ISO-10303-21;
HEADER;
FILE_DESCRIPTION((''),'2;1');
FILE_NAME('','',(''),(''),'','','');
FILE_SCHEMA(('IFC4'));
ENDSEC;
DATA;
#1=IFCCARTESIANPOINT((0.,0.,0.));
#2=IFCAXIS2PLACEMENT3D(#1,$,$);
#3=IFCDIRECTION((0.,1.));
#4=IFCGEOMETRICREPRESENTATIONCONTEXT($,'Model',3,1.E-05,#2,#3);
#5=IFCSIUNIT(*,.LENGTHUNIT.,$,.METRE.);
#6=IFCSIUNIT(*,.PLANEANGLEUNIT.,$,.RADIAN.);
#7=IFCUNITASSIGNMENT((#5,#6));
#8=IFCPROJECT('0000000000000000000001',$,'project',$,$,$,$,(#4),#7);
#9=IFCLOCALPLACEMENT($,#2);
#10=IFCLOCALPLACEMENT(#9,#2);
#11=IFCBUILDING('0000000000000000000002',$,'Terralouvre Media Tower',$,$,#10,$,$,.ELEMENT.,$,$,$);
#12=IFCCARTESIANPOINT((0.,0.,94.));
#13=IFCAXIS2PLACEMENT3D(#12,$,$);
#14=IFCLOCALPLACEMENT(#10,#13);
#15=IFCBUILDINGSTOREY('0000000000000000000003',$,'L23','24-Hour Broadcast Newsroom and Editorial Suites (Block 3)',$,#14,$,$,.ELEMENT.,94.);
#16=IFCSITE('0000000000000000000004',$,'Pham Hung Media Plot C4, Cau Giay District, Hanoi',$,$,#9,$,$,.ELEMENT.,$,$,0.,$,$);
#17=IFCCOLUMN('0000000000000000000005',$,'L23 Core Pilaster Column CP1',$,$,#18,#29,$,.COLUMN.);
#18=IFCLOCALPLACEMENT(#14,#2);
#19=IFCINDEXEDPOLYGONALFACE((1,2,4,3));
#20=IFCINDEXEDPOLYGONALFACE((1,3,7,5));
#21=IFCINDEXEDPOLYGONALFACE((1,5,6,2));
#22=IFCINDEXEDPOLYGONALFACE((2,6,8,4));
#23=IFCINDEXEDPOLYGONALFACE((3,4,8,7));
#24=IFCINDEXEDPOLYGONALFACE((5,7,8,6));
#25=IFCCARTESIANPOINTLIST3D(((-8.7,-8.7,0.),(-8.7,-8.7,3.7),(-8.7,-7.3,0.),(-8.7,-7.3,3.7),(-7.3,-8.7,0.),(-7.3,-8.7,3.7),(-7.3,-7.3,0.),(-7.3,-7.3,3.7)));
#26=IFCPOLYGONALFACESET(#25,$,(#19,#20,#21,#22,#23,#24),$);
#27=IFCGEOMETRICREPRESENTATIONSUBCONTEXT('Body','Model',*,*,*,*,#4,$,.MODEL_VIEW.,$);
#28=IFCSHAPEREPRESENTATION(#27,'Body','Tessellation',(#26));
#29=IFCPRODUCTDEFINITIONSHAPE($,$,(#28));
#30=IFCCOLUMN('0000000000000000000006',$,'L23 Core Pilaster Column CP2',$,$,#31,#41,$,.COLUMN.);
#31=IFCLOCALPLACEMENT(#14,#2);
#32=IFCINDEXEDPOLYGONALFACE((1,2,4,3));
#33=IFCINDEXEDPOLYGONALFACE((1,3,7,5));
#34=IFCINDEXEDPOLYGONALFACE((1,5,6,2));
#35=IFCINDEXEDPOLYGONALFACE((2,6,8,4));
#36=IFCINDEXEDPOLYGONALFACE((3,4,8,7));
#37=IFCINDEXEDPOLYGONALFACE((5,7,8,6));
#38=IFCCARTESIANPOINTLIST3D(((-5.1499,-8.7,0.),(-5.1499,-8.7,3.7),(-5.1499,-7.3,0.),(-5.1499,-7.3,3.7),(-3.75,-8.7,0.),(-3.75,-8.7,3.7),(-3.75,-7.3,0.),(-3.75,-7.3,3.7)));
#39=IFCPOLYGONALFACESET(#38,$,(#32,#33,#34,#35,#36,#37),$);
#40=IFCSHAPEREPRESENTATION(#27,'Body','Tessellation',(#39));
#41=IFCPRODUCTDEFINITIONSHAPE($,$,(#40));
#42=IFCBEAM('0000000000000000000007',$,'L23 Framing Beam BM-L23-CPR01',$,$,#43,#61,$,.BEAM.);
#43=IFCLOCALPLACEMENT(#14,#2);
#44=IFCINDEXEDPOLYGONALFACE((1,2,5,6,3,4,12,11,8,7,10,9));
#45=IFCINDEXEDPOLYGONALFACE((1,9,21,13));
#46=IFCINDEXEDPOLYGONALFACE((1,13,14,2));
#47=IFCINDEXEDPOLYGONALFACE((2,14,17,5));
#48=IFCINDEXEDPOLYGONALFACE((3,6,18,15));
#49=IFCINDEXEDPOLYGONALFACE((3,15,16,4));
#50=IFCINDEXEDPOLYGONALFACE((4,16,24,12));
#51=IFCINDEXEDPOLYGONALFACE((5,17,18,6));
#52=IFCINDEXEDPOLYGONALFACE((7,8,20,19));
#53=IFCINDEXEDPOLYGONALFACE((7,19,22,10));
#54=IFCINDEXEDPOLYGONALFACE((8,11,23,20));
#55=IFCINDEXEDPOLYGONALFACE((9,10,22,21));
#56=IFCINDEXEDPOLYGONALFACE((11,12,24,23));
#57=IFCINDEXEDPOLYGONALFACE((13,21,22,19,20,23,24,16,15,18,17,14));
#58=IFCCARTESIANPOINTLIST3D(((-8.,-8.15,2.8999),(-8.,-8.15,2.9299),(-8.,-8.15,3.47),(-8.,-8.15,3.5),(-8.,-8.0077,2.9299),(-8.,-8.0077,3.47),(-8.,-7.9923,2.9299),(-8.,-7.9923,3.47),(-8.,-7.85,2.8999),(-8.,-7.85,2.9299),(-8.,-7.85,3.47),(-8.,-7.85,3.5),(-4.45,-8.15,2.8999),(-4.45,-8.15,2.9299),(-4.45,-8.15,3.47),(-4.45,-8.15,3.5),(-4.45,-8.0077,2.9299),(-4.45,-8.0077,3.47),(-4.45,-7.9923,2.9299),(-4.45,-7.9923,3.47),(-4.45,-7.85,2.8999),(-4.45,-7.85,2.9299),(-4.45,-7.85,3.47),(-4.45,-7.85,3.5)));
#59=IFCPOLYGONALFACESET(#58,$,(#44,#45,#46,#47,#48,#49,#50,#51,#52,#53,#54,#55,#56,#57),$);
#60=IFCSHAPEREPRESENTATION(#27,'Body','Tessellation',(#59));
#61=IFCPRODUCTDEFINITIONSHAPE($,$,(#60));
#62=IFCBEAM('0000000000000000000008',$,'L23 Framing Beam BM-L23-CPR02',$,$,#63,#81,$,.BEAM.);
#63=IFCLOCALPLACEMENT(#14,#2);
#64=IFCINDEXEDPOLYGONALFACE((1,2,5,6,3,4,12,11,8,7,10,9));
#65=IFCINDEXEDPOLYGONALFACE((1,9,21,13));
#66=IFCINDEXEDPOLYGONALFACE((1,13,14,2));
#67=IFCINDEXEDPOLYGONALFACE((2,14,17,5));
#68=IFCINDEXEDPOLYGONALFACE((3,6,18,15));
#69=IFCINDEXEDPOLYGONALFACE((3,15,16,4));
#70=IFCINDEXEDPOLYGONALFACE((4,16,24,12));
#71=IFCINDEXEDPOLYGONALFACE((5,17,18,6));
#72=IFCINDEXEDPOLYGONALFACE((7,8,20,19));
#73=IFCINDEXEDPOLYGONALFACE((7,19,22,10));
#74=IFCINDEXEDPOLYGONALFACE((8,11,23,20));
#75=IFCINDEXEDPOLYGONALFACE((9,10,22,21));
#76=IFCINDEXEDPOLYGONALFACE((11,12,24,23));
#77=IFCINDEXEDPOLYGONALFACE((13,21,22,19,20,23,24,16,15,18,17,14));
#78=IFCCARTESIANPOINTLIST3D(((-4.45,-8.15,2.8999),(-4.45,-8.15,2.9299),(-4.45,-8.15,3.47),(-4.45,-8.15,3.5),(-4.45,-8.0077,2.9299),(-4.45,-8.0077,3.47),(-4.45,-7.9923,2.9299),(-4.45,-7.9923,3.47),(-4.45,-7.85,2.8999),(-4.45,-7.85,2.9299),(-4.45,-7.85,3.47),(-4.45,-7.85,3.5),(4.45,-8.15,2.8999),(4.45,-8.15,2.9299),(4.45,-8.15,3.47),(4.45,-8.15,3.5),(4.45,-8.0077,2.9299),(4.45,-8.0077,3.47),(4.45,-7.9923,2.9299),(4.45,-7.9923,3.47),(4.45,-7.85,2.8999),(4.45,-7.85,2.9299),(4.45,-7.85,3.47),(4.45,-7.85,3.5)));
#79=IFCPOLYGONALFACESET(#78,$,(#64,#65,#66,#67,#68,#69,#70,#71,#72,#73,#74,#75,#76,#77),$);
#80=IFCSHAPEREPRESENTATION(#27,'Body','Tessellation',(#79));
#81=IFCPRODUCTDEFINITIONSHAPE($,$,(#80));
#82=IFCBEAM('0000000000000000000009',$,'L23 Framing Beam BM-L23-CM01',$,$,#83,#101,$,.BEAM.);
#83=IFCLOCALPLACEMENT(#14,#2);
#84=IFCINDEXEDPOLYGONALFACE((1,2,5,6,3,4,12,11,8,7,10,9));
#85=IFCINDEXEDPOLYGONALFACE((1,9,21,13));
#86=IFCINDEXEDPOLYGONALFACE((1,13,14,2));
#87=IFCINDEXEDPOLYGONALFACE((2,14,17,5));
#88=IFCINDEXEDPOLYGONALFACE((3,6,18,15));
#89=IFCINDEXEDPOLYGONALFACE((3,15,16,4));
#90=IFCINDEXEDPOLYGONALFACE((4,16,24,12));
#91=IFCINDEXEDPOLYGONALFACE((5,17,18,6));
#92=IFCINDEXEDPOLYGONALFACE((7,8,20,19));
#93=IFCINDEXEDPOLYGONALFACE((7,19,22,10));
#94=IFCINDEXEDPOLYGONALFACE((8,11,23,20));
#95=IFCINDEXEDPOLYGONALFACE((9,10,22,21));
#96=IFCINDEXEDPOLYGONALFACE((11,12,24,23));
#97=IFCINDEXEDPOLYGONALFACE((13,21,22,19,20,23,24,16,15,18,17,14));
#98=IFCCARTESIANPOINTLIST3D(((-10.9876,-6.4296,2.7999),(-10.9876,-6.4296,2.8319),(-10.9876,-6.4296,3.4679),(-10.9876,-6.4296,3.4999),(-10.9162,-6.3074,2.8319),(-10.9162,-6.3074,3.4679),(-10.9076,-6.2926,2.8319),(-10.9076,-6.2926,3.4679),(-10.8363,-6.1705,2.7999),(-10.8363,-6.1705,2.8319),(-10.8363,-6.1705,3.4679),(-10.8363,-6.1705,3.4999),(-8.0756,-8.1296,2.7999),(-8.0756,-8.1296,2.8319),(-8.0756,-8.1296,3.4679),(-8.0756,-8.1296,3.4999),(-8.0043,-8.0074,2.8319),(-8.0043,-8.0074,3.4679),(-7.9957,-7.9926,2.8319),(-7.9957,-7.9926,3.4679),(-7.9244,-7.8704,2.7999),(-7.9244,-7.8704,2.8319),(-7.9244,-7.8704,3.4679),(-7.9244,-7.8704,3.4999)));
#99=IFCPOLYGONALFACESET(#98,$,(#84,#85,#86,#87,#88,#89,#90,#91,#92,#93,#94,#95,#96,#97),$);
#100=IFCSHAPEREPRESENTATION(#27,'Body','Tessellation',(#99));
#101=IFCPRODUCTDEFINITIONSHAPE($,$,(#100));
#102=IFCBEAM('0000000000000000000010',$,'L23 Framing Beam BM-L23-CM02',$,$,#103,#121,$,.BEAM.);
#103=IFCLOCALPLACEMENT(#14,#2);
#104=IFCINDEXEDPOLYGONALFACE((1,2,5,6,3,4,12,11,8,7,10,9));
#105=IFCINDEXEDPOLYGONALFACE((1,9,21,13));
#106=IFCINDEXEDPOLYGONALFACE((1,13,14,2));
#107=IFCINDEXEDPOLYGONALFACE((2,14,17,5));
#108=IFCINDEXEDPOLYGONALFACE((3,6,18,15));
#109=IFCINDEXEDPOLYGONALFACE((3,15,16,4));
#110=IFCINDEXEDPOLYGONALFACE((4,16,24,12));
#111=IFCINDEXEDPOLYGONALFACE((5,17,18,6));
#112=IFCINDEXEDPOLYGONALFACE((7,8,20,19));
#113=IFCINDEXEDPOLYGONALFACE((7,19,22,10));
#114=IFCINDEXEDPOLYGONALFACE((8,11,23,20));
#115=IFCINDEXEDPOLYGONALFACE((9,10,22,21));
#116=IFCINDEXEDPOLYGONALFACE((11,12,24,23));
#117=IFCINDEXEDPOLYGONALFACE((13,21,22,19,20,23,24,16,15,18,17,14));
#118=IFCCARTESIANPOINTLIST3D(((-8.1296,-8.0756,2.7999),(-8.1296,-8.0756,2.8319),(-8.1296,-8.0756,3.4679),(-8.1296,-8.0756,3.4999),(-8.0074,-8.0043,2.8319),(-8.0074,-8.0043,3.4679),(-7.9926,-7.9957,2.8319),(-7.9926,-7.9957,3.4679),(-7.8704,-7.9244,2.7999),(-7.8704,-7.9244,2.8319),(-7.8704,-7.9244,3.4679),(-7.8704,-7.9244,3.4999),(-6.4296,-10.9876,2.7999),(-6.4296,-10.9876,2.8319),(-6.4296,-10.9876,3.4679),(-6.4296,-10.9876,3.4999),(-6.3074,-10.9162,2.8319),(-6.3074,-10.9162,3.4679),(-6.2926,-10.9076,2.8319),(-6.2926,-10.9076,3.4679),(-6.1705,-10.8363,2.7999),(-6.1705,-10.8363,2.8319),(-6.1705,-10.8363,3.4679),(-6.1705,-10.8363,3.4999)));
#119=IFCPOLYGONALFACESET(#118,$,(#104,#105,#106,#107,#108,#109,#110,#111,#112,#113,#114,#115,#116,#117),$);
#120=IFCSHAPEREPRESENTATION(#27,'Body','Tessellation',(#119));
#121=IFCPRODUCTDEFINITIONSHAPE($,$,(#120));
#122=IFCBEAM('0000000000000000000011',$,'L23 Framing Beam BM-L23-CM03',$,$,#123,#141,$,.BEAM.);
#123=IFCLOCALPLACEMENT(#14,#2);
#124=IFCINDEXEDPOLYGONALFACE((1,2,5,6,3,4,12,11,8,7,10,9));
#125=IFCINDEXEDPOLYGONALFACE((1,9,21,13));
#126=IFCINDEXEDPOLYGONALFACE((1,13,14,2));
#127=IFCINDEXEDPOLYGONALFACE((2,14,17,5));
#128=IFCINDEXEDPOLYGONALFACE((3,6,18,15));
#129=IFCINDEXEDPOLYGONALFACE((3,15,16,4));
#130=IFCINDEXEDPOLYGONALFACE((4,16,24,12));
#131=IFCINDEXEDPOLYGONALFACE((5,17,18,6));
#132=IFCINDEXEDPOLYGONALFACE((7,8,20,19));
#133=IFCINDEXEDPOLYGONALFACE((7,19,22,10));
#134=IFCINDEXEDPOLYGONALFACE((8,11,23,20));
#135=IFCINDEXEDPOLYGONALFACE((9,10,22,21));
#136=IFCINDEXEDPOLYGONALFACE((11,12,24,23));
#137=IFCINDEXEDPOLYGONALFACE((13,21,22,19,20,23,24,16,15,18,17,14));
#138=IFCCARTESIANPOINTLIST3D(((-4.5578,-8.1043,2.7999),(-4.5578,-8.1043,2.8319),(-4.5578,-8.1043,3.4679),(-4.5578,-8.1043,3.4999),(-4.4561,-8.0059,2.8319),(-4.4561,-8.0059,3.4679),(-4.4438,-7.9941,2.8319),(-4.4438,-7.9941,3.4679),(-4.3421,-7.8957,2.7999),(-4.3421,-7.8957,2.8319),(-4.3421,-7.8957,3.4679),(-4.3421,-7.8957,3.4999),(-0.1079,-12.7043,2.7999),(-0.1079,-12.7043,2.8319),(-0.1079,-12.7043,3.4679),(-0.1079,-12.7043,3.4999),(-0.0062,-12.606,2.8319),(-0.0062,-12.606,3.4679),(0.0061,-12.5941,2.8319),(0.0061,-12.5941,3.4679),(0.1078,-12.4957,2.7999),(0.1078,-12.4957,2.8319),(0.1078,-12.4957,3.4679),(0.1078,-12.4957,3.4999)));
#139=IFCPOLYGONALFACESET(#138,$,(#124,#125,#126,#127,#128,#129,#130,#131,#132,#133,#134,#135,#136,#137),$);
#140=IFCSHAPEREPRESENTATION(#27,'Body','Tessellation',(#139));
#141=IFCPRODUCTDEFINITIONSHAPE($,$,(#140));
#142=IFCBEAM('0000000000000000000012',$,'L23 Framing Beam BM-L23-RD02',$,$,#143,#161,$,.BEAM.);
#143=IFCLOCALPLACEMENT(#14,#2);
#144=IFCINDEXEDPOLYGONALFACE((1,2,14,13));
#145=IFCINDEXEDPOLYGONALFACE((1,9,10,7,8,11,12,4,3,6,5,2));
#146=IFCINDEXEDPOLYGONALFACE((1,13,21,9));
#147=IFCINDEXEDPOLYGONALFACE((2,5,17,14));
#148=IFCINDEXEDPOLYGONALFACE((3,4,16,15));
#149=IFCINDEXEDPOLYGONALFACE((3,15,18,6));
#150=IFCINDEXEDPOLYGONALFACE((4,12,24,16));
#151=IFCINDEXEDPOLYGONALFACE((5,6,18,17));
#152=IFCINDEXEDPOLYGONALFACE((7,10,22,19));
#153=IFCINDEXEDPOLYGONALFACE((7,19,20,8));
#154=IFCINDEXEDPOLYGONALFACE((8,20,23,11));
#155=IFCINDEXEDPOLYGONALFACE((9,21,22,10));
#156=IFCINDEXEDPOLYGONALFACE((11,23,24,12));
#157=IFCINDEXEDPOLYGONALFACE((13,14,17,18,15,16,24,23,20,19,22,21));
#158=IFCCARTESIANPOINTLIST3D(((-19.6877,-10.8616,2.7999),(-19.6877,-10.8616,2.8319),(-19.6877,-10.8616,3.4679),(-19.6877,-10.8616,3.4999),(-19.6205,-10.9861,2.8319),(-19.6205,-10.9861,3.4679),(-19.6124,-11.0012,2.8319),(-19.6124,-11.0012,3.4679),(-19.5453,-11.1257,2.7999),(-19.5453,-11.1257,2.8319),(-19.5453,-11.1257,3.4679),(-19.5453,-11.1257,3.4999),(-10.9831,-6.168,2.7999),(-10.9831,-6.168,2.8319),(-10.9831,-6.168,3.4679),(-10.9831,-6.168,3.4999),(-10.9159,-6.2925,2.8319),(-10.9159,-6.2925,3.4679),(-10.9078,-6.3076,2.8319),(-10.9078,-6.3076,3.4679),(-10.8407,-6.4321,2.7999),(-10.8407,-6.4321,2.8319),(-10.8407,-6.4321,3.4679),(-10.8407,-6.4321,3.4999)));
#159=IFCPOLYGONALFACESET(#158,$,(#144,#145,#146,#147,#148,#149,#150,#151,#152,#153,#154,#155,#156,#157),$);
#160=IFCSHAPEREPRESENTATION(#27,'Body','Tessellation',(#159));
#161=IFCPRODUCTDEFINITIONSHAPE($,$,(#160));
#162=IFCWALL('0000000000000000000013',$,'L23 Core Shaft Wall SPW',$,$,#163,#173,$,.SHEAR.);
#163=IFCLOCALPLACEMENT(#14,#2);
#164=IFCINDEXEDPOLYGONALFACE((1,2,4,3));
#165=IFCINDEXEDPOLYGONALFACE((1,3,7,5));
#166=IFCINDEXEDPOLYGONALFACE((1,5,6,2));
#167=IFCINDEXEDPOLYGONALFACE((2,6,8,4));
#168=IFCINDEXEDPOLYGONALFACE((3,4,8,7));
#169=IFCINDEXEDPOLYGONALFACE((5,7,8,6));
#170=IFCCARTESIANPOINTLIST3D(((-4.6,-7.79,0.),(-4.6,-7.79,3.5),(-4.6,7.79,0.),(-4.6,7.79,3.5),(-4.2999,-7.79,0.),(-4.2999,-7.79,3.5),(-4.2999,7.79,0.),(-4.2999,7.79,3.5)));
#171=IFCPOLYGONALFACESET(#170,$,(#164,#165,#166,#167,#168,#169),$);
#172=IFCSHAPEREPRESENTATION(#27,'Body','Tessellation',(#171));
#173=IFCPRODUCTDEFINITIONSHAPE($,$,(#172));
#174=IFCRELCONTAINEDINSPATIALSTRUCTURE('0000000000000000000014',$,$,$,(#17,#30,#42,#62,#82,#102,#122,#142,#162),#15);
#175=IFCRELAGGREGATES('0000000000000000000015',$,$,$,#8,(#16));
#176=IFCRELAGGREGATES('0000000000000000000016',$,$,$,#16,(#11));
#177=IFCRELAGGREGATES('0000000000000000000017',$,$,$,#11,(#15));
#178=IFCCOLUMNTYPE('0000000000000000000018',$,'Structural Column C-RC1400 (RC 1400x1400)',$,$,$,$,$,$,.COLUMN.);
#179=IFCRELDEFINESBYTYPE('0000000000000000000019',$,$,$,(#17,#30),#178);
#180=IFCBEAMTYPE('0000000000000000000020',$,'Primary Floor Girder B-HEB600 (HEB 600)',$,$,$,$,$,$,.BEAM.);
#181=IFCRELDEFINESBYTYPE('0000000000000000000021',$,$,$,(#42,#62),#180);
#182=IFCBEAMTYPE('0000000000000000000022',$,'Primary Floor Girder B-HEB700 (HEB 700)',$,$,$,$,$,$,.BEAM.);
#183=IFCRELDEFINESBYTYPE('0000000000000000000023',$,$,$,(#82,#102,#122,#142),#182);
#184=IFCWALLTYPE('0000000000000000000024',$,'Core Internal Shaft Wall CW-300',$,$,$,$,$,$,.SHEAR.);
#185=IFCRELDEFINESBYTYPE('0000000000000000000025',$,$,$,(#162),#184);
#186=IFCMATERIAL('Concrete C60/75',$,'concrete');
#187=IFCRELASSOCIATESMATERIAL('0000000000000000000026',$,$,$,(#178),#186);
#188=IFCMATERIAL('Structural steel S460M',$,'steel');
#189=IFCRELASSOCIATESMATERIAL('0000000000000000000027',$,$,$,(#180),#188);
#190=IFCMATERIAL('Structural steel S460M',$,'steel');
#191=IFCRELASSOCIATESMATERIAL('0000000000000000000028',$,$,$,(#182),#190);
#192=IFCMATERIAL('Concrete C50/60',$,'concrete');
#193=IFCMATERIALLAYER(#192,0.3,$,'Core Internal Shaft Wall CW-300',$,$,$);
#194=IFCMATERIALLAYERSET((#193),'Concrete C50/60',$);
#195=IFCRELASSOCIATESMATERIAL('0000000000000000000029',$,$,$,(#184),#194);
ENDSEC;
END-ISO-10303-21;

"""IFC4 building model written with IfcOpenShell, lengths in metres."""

from ifc_helpers import new_model, si_unit, direction, frame, frame_2d, origin, origin_2d, place, context, subcontext, project, spatial, rectangle, i_section, extrude, material, layer, layer_set, material_profile, profile_set, type_object, element, save


model = new_model("IFC4")

# Units and contexts
model_context = context("Model", 3, precision=1e-05, world=origin(), true_north=direction((0.0, 1.0)))
body_context = subcontext(model_context, "Body", "Model", "MODEL_VIEW")
ifc_project = project(units=[si_unit("LENGTHUNIT", "METRE"), si_unit("PLANEANGLEUNIT", "RADIAN")], contexts=[model_context])

# Site, building, storey
site_placement = place(None, origin())
site = spatial("IfcSite", under=ifc_project, at=site_placement, Name="Pham Hung Media Plot C4, Cau Giay District, Hanoi", CompositionType="ELEMENT", RefElevation=0.0)
building_placement = place(site_placement, origin())
building = spatial("IfcBuilding", under=site, at=building_placement, Name="Terralouvre Media Tower", CompositionType="ELEMENT")
storey_placement = place(building_placement, frame((0.0, 0.0, 94.0)))
storey = spatial("IfcBuildingStorey", under=building, at=storey_placement, Name="L23", Description="24-Hour Broadcast Newsroom and Editorial Suites (Block 3)", CompositionType="ELEMENT", Elevation=94.0)

# Columns
ifc_material_1 = material(Name="Concrete C60/75", Category="concrete")
ifc_material_profile_1 = material_profile(ifc_material_1, rectangle(XDim=1.3999, YDim=1.3999, at=origin_2d()), Name="RC 1400x1400")
ifc_profile_set_1 = profile_set([ifc_material_profile_1], Name="Concrete C60/75")
column_type = type_object("IfcColumnType", Name="Structural Column C-RC1400 (RC 1400x1400)", PredefinedType="COLUMN", material=ifc_profile_set_1)
for number, where, z_axis, x_axis, name in (
    (1, (-8.0, -8.0, 0.0), (0.0, 0.0, 1.0), (1.0, 0.0, 0.0), "L23 Core Pilaster Column CP1"),
    (2, (-4.45, -8.0, 0.0), (0.0, 0.0, 1.0), (1.0, 0.0, 0.0), "L23 Core Pilaster Column CP2"),
):
    element("IfcColumn", number, at=place(storey_placement, frame(where, z_axis=z_axis, x_axis=x_axis)), inside=storey, type_object=column_type, Name=name, PredefinedType="COLUMN", context=body_context, shape_type="SweptSolid", body=[
        extrude(rectangle(XDim=1.3999, YDim=1.3999, at=origin_2d()), origin(), (0.0, 0.0, 1.0), 3.7),
    ])

# Beams
ifc_material_2 = material(Name="Structural steel S460M", Category="steel")
ifc_material_profile_2 = material_profile(ifc_material_2, i_section(OverallWidth=0.3, OverallDepth=0.6001, WebThickness=0.0154, FlangeThickness=0.03, at=origin_2d()), Name="HEB 600")
ifc_profile_set_2 = profile_set([ifc_material_profile_2], Name="Structural steel S460M")
beam_type_1 = type_object("IfcBeamType", Name="Primary Floor Girder B-HEB600 (HEB 600)", PredefinedType="BEAM", material=ifc_profile_set_2)
beam_1_placement = place(storey_placement, frame((-8.0, -8.0, 3.2), z_axis=(1.0, 0.0, 0.0), x_axis=(0.0, 1.0, 0.0)))
element("IfcBeam", 3, at=beam_1_placement, inside=storey, type_object=beam_type_1, Name="L23 Framing Beam BM-L23-CPR01", PredefinedType="BEAM", context=body_context, shape_type="SweptSolid", body=[
    extrude(i_section(OverallWidth=0.3, OverallDepth=0.6001, WebThickness=0.0154, FlangeThickness=0.03, at=origin_2d()), origin(), (0.0, 0.0, 1.0), 3.55),
])
beam_2_placement = place(storey_placement, frame((-4.45, -8.0, 3.2), z_axis=(1.0, 0.0, 0.0), x_axis=(0.0, 1.0, 0.0)))
element("IfcBeam", 4, at=beam_2_placement, inside=storey, type_object=beam_type_1, Name="L23 Framing Beam BM-L23-CPR02", PredefinedType="BEAM", context=body_context, shape_type="SweptSolid", body=[
    extrude(i_section(OverallWidth=0.3, OverallDepth=0.6001, WebThickness=0.0154, FlangeThickness=0.03, at=origin_2d()), origin(), (0.0, 0.0, 1.0), 8.8999),
])
ifc_material_3 = material(Name="Structural steel S460M", Category="steel")
ifc_material_profile_3 = material_profile(ifc_material_3, i_section(OverallWidth=0.3, OverallDepth=0.7, WebThickness=0.0171, FlangeThickness=0.032, at=origin_2d()), Name="HEB 700")
ifc_profile_set_3 = profile_set([ifc_material_profile_3], Name="Structural steel S460M")
beam_type_2 = type_object("IfcBeamType", Name="Primary Floor Girder B-HEB700 (HEB 700)", PredefinedType="BEAM", material=ifc_profile_set_3)
for number, where, z_axis, x_axis, name in (
    (5, (-8.0, -8.0, 3.1499), (-0.863603, 0.504173, 0.0), (-0.504173, -0.863603, 0.0), "L23 Framing Beam BM-L23-CM01"),
    (6, (-8.0, -8.0, 3.1499), (0.504173, -0.863603, 0.0), (0.863603, 0.504173, 0.0), "L23 Framing Beam BM-L23-CM02"),
):
    element("IfcBeam", number, at=place(storey_placement, frame(where, z_axis=z_axis, x_axis=x_axis)), inside=storey, type_object=beam_type_2, Name=name, PredefinedType="BEAM", context=body_context, shape_type="SweptSolid", body=[
        extrude(i_section(OverallWidth=0.3, OverallDepth=0.7, WebThickness=0.0171, FlangeThickness=0.032, at=origin_2d()), origin(), (0.0, 0.0, 1.0), 3.3718),
    ])
beam_3_placement = place(storey_placement, frame((-4.45, -8.0, 3.1499), z_axis=(0.69528, -0.718739, 0.0), x_axis=(0.718739, 0.69528, 0.0)))
element("IfcBeam", 7, at=beam_3_placement, inside=storey, type_object=beam_type_2, Name="L23 Framing Beam BM-L23-CM03", PredefinedType="BEAM", context=body_context, shape_type="SweptSolid", body=[
    extrude(i_section(OverallWidth=0.3, OverallDepth=0.7, WebThickness=0.0171, FlangeThickness=0.032, at=origin_2d()), origin(), (0.0, 0.0, 1.0), 6.4001),
])
beam_4_placement = place(storey_placement, frame((-10.9119, -6.3, 3.1499), z_axis=(-0.880196, -0.474611, 0.0), x_axis=(0.474611, -0.880196, 0.0)))
element("IfcBeam", 8, at=beam_4_placement, inside=storey, type_object=beam_type_2, Name="L23 Framing Beam BM-L23-RD02", PredefinedType="BEAM", context=body_context, shape_type="SweptSolid", body=[
    extrude(i_section(OverallWidth=0.3, OverallDepth=0.7, WebThickness=0.0171, FlangeThickness=0.032, at=origin_2d()), origin(), (0.0, 0.0, 1.0), 9.8894),
])

# Wall
ifc_material_4 = material(Name="Concrete C50/60", Category="concrete")
ifc_layer_1 = layer(ifc_material_4, 0.3, Name="Core Internal Shaft Wall CW-300")
ifc_layer_set_1 = layer_set([ifc_layer_1], Name="Concrete C50/60")
wall_type_1 = type_object("IfcWallType", Name="Core Internal Shaft Wall CW-300", PredefinedType="SHEAR", material=ifc_layer_set_1)
wall_1_placement = place(storey_placement, frame((-4.45, -7.79, 0.0), z_axis=(0.0, 0.0, 1.0), x_axis=(0.0, 1.0, 0.0)))
element("IfcWall", 9, at=wall_1_placement, inside=storey, type_object=wall_type_1, Name="L23 Core Shaft Wall SPW", PredefinedType="SHEAR", context=body_context, shape_type="SweptSolid", body=[
    extrude(rectangle(XDim=15.5801, YDim=0.3, at=frame_2d((7.79, 0.0))), origin(), (0.0, 0.0, 1.0), 3.5),
])

save(model, "model.ifc")
